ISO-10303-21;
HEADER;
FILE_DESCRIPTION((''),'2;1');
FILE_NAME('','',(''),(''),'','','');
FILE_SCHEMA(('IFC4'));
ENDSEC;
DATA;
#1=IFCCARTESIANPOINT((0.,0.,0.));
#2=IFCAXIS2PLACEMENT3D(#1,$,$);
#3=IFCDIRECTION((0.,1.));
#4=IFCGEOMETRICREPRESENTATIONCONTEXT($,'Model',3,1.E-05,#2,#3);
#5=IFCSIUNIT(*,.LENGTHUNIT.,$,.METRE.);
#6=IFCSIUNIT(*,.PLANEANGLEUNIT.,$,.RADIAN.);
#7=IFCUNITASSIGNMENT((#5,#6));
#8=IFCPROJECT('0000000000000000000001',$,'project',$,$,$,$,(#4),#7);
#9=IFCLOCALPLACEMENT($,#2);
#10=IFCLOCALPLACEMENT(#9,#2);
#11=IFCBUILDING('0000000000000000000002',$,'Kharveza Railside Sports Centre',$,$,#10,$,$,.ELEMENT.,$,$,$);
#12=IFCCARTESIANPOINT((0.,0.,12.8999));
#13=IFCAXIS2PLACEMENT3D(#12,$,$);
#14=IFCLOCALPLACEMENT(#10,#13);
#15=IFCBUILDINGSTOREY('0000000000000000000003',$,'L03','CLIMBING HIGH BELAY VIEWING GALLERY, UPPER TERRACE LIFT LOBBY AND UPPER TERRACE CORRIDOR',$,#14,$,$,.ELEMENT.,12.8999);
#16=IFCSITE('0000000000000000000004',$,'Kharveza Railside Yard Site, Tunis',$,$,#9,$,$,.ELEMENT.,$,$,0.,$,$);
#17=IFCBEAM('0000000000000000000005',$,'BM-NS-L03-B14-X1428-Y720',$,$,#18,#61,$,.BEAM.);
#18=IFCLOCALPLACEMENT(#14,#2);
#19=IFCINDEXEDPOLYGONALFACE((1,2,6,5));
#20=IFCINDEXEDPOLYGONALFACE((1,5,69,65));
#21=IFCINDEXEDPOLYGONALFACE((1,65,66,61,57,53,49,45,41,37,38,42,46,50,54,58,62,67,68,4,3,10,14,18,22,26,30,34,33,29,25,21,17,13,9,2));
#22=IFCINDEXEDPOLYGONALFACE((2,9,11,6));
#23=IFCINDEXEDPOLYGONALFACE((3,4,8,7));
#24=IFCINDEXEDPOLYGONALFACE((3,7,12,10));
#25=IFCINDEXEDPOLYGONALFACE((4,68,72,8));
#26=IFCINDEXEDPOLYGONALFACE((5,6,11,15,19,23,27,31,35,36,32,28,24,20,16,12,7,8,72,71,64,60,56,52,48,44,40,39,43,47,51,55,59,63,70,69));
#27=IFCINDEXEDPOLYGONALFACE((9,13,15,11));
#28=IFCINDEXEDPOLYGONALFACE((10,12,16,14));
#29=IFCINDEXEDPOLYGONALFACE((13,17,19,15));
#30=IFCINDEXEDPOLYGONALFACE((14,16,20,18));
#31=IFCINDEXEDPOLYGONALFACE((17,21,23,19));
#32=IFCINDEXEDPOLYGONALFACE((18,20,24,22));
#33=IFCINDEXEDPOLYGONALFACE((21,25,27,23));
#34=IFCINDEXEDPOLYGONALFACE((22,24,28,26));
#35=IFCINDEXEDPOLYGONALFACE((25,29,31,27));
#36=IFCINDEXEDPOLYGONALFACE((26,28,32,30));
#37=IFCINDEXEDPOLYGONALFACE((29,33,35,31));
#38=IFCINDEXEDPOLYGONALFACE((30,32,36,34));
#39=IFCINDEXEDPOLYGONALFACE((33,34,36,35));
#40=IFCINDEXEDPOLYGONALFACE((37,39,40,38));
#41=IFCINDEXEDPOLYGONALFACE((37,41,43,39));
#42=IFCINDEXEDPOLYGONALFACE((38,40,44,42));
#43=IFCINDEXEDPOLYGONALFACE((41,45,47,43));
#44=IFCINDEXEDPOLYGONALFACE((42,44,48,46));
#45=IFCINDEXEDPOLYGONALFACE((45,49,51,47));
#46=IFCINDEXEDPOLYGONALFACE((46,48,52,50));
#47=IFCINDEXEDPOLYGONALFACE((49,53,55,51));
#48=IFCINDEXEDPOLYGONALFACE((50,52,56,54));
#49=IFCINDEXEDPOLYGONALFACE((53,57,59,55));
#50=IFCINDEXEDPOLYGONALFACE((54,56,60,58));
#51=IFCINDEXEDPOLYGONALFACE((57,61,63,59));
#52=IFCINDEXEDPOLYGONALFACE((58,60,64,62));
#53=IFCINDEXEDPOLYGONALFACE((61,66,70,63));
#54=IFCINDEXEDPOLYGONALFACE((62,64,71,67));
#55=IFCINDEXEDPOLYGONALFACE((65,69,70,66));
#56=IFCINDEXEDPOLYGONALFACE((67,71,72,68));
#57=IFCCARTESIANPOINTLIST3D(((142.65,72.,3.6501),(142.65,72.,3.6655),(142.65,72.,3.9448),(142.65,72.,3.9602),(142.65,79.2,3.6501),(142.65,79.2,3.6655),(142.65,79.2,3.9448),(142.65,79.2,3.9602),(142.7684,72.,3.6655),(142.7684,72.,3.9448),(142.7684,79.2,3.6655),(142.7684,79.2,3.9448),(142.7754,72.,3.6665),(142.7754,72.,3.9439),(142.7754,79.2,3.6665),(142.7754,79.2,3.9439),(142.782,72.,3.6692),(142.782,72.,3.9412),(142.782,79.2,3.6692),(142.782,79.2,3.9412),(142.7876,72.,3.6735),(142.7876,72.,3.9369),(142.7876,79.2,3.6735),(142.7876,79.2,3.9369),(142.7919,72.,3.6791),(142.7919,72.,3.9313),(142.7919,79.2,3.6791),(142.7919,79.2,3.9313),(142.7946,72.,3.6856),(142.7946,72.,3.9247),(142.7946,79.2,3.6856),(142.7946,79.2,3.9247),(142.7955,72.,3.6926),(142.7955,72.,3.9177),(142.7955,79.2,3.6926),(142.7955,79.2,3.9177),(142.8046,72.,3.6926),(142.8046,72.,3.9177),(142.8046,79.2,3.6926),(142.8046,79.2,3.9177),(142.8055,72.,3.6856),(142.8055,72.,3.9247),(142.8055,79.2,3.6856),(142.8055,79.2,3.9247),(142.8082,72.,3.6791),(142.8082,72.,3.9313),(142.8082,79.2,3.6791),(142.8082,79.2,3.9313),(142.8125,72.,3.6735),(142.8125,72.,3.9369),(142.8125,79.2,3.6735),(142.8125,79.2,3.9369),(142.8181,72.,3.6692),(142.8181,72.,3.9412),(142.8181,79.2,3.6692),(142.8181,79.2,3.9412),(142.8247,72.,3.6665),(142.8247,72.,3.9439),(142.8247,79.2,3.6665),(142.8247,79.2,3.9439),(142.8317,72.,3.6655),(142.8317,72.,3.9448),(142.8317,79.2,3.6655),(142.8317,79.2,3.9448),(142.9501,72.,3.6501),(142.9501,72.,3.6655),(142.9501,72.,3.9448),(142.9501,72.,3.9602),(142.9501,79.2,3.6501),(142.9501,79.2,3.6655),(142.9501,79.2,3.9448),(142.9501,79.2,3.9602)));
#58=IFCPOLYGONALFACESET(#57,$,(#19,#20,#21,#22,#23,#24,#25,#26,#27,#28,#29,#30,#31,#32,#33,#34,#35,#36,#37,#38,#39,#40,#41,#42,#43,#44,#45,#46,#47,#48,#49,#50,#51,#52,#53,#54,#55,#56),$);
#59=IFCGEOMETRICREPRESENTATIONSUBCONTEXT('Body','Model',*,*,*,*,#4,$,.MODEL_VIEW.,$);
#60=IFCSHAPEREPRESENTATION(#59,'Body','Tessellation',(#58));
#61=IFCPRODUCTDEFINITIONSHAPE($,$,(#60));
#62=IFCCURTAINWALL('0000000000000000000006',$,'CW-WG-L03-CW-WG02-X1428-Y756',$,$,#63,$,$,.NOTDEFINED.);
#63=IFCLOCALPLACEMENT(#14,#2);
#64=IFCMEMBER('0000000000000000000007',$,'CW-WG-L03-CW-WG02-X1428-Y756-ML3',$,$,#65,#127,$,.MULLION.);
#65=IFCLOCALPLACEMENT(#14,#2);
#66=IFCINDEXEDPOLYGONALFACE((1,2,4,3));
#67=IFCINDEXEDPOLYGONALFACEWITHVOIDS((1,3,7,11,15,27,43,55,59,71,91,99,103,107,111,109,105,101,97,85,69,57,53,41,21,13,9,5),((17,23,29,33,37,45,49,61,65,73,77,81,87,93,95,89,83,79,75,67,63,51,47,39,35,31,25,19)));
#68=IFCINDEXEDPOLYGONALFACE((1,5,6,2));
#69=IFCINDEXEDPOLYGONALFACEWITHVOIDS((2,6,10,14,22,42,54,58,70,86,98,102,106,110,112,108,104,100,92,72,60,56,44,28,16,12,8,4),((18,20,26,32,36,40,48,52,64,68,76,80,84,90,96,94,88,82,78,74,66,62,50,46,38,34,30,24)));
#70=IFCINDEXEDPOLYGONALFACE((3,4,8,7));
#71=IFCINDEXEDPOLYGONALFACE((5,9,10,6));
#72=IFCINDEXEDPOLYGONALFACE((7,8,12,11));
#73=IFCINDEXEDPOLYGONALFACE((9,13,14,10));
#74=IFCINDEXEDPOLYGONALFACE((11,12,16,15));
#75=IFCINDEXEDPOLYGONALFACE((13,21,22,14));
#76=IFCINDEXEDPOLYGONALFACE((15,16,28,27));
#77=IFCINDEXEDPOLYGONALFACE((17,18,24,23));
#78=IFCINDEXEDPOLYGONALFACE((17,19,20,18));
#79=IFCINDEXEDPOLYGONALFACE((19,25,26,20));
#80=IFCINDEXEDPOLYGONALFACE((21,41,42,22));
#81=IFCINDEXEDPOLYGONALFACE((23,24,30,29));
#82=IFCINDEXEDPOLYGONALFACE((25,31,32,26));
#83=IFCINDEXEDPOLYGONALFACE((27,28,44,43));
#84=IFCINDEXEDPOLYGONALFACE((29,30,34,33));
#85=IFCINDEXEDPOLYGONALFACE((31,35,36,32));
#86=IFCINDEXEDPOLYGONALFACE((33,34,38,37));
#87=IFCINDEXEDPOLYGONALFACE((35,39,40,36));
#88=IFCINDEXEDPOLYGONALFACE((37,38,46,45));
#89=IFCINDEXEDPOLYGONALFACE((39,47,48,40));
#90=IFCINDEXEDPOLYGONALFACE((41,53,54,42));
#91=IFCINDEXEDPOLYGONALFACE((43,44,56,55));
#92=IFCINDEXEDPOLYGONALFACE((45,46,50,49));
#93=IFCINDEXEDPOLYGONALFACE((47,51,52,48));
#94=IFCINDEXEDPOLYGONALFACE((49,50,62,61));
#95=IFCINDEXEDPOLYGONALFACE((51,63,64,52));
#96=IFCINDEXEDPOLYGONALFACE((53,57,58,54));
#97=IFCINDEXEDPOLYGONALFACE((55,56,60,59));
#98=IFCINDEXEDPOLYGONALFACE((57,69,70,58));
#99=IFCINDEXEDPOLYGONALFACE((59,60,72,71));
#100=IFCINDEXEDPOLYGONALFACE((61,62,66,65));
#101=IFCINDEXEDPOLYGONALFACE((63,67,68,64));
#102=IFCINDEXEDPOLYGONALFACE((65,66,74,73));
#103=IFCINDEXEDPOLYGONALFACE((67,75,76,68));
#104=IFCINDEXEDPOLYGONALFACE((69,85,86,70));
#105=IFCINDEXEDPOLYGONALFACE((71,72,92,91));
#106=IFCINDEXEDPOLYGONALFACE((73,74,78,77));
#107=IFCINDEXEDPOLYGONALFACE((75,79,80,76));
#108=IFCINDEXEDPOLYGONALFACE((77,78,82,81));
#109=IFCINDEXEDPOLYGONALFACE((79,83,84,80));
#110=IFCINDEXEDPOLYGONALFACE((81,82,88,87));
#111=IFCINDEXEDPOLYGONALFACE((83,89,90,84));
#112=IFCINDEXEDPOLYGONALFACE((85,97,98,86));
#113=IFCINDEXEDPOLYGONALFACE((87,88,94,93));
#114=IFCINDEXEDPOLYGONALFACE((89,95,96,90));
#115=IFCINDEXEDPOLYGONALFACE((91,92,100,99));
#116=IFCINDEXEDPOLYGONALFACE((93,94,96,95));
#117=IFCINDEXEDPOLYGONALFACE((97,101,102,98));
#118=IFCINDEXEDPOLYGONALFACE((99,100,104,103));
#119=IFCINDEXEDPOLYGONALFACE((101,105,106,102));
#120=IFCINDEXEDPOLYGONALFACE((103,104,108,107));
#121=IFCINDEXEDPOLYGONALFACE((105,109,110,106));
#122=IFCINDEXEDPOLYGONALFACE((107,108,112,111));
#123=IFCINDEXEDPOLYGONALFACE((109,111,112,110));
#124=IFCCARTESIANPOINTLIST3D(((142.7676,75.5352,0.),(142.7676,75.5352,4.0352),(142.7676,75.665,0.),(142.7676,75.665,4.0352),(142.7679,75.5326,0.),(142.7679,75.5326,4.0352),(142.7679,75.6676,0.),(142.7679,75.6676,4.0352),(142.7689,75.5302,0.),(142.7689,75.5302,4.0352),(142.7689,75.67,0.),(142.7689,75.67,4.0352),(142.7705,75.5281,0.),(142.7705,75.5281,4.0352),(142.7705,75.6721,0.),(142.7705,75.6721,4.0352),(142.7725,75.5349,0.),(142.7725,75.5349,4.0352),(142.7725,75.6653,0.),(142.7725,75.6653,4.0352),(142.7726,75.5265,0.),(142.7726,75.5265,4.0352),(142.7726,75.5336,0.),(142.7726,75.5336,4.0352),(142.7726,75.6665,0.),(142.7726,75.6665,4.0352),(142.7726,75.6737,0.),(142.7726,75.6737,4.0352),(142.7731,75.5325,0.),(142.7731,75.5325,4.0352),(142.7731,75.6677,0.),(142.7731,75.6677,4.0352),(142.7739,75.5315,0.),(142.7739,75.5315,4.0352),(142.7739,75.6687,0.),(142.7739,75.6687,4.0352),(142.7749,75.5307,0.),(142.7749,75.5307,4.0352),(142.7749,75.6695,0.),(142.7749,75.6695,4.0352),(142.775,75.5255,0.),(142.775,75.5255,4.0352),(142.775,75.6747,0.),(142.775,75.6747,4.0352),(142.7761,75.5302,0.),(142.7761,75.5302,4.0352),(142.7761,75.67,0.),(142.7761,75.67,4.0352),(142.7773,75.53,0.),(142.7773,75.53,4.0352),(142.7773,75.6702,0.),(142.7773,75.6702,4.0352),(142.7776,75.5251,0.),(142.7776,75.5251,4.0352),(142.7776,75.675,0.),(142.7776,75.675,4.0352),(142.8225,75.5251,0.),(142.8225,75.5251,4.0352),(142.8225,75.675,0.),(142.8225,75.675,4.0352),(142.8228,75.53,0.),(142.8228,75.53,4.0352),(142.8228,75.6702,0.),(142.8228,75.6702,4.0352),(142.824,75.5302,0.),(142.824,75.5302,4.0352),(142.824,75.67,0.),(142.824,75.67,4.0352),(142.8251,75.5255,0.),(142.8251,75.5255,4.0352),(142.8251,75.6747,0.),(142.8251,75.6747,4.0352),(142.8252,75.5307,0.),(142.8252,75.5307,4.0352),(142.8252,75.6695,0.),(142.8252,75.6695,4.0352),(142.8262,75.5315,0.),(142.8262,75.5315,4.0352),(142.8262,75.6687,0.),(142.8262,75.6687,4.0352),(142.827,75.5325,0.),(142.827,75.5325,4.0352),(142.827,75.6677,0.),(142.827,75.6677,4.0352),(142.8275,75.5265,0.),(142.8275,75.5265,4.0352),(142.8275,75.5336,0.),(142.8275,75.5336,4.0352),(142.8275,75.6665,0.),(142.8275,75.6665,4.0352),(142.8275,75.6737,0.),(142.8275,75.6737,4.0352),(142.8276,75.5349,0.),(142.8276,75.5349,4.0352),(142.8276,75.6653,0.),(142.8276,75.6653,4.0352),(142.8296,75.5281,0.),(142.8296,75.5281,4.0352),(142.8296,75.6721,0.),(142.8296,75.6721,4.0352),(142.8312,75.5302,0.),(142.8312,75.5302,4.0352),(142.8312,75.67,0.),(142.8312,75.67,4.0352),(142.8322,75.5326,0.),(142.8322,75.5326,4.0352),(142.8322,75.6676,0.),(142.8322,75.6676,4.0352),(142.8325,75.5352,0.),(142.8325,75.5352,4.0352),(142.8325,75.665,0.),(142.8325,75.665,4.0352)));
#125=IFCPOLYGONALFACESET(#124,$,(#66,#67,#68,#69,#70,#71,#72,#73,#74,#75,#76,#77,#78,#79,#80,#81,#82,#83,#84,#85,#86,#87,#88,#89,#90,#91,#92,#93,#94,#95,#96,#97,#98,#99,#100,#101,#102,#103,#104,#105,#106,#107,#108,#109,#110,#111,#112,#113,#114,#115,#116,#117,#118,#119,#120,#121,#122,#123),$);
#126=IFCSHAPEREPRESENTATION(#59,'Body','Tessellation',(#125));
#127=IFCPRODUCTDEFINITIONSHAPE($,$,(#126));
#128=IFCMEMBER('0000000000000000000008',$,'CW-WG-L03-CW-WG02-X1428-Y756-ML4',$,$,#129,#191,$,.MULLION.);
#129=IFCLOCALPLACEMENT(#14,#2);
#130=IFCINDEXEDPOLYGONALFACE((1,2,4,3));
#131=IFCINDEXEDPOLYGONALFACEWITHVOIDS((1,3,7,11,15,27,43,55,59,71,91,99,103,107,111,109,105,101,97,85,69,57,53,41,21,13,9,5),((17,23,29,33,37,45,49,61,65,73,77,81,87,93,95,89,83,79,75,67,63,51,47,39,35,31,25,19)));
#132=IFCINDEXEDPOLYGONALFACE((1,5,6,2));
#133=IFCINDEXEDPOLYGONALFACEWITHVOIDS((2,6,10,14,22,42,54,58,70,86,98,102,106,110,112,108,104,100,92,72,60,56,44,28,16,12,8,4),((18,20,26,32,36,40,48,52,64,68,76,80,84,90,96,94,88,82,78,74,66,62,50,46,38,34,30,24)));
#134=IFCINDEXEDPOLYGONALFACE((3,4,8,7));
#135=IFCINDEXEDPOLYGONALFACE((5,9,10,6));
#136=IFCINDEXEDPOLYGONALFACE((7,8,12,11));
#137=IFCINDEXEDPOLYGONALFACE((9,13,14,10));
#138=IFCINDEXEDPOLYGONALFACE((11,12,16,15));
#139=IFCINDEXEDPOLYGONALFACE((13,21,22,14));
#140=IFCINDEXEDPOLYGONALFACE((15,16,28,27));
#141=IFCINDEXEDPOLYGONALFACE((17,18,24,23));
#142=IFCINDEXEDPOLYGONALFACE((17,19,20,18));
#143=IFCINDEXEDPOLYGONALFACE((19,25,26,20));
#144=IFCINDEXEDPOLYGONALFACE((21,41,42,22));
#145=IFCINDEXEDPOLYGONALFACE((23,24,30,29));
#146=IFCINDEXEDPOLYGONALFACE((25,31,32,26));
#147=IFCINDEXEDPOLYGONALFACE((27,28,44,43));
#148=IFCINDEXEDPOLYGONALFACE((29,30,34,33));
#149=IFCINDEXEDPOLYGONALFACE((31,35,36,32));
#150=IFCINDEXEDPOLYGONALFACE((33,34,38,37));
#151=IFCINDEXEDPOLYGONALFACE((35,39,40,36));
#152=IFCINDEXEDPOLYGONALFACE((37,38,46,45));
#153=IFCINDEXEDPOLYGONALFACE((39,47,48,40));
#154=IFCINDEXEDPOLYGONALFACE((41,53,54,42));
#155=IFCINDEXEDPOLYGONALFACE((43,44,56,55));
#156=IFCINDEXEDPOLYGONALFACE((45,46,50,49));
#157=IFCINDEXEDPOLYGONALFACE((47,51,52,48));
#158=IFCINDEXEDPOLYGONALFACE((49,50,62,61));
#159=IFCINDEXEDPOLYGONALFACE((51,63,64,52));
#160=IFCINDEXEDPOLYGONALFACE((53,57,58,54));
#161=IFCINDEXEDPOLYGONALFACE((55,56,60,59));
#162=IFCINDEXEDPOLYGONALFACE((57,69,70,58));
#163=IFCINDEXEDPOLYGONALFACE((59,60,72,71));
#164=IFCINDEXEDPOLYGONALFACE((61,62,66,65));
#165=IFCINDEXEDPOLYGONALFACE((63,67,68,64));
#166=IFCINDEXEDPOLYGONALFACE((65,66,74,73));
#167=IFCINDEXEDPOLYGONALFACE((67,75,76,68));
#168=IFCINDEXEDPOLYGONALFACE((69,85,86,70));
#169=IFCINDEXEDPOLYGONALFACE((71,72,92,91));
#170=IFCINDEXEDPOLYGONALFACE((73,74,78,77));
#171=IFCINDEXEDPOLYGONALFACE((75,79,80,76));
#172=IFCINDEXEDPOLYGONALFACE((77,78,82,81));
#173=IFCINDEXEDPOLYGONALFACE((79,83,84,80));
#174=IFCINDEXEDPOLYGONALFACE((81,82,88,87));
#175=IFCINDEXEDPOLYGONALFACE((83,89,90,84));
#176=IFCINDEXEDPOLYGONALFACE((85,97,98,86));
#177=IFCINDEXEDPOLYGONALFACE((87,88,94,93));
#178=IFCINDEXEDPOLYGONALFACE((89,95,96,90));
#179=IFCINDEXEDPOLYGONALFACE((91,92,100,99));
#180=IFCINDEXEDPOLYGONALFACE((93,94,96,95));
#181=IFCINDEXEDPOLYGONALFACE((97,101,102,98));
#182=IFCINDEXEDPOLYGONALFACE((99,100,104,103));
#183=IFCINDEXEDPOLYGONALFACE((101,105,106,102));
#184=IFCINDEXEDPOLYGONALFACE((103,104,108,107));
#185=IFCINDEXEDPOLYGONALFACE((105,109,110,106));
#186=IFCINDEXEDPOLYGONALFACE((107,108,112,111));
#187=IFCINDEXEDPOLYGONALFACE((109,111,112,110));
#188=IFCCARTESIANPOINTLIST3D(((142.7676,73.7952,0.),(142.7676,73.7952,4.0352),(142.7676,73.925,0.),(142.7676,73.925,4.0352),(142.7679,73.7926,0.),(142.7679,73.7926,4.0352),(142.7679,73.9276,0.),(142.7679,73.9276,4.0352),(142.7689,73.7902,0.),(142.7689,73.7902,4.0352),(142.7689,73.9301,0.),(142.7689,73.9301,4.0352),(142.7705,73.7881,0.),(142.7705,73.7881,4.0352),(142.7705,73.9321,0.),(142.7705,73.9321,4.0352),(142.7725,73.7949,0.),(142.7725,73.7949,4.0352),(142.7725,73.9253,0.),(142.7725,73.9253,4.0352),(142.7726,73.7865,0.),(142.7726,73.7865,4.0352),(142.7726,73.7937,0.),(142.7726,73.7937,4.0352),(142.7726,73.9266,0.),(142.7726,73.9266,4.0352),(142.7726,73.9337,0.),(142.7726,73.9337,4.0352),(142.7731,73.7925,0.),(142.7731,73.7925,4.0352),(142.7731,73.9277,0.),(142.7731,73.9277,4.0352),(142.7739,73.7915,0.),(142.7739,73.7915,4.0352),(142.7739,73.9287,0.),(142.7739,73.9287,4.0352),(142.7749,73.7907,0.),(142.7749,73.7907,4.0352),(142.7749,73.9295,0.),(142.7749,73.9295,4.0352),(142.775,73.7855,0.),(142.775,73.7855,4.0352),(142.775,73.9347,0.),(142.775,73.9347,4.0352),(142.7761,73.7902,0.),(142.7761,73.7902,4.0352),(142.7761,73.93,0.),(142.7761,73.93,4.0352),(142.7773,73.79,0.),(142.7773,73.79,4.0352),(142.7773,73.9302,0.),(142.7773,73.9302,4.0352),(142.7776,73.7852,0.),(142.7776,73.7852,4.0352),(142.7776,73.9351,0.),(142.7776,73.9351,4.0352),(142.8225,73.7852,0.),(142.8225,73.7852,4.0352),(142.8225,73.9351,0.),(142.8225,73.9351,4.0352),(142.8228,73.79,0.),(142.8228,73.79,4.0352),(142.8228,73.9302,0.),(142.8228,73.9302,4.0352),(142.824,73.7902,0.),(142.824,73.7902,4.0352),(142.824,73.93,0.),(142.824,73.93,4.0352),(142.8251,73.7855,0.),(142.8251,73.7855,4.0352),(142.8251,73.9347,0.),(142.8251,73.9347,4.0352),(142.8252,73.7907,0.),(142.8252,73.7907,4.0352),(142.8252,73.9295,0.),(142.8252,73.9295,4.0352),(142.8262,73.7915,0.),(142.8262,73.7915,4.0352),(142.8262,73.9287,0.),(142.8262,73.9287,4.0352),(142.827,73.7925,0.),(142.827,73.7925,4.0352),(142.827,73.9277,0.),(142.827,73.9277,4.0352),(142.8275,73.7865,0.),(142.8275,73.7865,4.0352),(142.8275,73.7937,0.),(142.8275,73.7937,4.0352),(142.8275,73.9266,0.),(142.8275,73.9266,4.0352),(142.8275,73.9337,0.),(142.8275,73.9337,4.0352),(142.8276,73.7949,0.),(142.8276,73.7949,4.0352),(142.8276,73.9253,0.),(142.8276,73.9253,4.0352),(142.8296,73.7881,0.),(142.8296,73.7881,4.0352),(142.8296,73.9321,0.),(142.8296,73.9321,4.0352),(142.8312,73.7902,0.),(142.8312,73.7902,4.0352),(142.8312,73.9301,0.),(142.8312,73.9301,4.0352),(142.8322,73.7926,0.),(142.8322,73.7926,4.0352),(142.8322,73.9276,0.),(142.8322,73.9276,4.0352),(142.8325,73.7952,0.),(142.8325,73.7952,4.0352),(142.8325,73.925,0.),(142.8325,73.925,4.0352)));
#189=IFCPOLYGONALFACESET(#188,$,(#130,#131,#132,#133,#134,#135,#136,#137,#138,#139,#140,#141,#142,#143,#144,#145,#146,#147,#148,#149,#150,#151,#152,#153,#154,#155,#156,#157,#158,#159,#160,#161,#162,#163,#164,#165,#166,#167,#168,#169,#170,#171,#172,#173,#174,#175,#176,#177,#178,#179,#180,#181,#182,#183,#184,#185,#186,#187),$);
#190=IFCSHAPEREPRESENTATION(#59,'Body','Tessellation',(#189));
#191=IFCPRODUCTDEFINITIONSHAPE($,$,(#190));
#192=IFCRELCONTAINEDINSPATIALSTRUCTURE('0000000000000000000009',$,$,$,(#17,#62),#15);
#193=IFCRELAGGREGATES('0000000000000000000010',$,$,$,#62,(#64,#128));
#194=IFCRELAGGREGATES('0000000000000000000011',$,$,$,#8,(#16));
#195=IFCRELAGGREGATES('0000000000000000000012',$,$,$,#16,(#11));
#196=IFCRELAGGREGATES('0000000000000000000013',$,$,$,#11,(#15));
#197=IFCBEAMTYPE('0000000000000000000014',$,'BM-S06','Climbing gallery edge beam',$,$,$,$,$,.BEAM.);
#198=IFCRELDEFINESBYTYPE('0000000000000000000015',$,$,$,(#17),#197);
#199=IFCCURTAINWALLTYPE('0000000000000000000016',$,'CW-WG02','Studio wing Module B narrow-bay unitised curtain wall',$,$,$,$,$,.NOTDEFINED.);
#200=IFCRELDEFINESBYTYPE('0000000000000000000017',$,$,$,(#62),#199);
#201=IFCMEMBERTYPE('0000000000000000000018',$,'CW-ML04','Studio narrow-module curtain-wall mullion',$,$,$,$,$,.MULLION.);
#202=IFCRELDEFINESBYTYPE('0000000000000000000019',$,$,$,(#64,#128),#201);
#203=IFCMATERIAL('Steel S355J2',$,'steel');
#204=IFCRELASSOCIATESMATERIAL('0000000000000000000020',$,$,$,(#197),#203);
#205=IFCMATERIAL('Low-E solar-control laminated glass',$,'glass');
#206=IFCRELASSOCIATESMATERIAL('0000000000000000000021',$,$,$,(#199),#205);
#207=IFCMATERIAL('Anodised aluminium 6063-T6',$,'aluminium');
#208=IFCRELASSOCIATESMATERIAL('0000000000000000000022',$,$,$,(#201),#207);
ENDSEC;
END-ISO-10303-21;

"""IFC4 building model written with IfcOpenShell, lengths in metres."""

from ifc_helpers import new_model, si_unit, direction, frame, origin, origin_2d, place, context, subcontext, project, spatial, hollow_rectangle, i_section, extrude, material, material_profile, profile_set, type_object, element, aggregate, save


model = new_model("IFC4")

# Units and contexts
model_context = context("Model", 3, precision=1e-05, world=origin(), true_north=direction((0.0, 1.0)))
body_context = subcontext(model_context, "Body", "Model", "MODEL_VIEW")
ifc_project = project(units=[si_unit("LENGTHUNIT", "METRE"), si_unit("PLANEANGLEUNIT", "RADIAN")], contexts=[model_context])

# Site, building, storey
site_placement = place(None, origin())
site = spatial("IfcSite", under=ifc_project, at=site_placement, Name="Kharveza Railside Yard Site, Tunis", CompositionType="ELEMENT", RefElevation=0.0)
building_placement = place(site_placement, origin())
building = spatial("IfcBuilding", under=site, at=building_placement, Name="Kharveza Railside Sports Centre", CompositionType="ELEMENT")
storey_placement = place(building_placement, frame((0.0, 0.0, 12.8999)))
storey = spatial("IfcBuildingStorey", under=building, at=storey_placement, Name="L03", Description="CLIMBING HIGH BELAY VIEWING GALLERY, UPPER TERRACE LIFT LOBBY AND UPPER TERRACE CORRIDOR", CompositionType="ELEMENT", Elevation=12.8999)

# Shared definitions
ifc_material_1 = material(Name="Steel S355J2", Category="steel")

# Beam
ifc_material_profile_1 = material_profile(ifc_material_1, i_section(OverallWidth=0.3, OverallDepth=0.3101, WebThickness=0.009, FlangeThickness=0.0154, FilletRadius=0.0271, at=origin_2d()), Name="HEA 320")
ifc_profile_set_1 = profile_set([ifc_material_profile_1], Name="Steel S355J2")
beam_type_1 = type_object("IfcBeamType", Name="BM-S06", Description="Climbing gallery edge beam", PredefinedType="BEAM", material=ifc_profile_set_1)
for number, where, z_axis, x_axis, name in (
    (1, (142.8, 72.0, 3.8052), (0.0, 1.0, 0.0), (-1.0, 0.0, 0.0), "BM-NS-L03-B14-X1428-Y720"),
):
    element("IfcBeam", number, at=place(storey_placement, frame(where, z_axis=z_axis, x_axis=x_axis)), inside=storey, type_object=beam_type_1, Name=name, PredefinedType="BEAM", context=body_context, shape_type="SweptSolid", body=[
        extrude(i_section(OverallWidth=0.3, OverallDepth=0.3101, WebThickness=0.009, FlangeThickness=0.0154, FilletRadius=0.0271, at=origin_2d()), origin(), (0.0, 0.0, 1.0), 7.2),
    ])

# Curtain wall, members
ifc_material_2 = material(Name="Low-E solar-control laminated glass", Category="glass")
curtain_wall_type = type_object("IfcCurtainWallType", Name="CW-WG02", Description="Studio wing Module B narrow-bay unitised curtain wall", PredefinedType="NOTDEFINED", material=ifc_material_2)
curtain_wall_1_placement = place(storey_placement, origin())
curtain_wall_1 = element("IfcCurtainWall", 2, at=curtain_wall_1_placement, inside=storey, type_object=curtain_wall_type, Name="CW-WG-L03-CW-WG02-X1428-Y756", PredefinedType="NOTDEFINED")
ifc_material_3 = material(Name="Anodised aluminium 6063-T6", Category="aluminium")
ifc_material_profile_2 = material_profile(ifc_material_3, hollow_rectangle(XDim=0.0649, YDim=0.1499, WallThickness=0.0049, InnerFilletRadius=0.0049, OuterFilletRadius=0.01, at=origin_2d()), Name="RHS 65x150x5.0")
ifc_profile_set_2 = profile_set([ifc_material_profile_2], Name="Anodised aluminium 6063-T6")
member_type_1 = type_object("IfcMemberType", Name="CW-ML04", Description="Studio narrow-module curtain-wall mullion", PredefinedType="MULLION", material=ifc_profile_set_2)
member_1_placement = place(storey_placement, frame((142.8, 75.6001, 0.0), z_axis=(0.0, 0.0, 1.0), x_axis=(1.0, 0.0, 0.0)))
member_1 = element("IfcMember", 3, at=member_1_placement, type_object=member_type_1, Name="CW-WG-L03-CW-WG02-X1428-Y756-ML3", PredefinedType="MULLION", context=body_context, shape_type="SweptSolid", body=[
    extrude(hollow_rectangle(XDim=0.0649, YDim=0.1499, WallThickness=0.0049, InnerFilletRadius=0.0049, OuterFilletRadius=0.01, at=origin_2d()), origin(), (0.0, 0.0, 1.0), 4.0352),
])
member_2_placement = place(storey_placement, frame((142.8, 73.8601, 0.0), z_axis=(0.0, 0.0, 1.0), x_axis=(1.0, 0.0, 0.0)))
member_2 = element("IfcMember", 4, at=member_2_placement, type_object=member_type_1, Name="CW-WG-L03-CW-WG02-X1428-Y756-ML4", PredefinedType="MULLION", context=body_context, shape_type="SweptSolid", body=[
    extrude(hollow_rectangle(XDim=0.0649, YDim=0.1499, WallThickness=0.0049, InnerFilletRadius=0.0049, OuterFilletRadius=0.01, at=origin_2d()), origin(), (0.0, 0.0, 1.0), 4.0352),
])

aggregate(curtain_wall_1, [member_1, member_2])

save(model, "model.ifc")
